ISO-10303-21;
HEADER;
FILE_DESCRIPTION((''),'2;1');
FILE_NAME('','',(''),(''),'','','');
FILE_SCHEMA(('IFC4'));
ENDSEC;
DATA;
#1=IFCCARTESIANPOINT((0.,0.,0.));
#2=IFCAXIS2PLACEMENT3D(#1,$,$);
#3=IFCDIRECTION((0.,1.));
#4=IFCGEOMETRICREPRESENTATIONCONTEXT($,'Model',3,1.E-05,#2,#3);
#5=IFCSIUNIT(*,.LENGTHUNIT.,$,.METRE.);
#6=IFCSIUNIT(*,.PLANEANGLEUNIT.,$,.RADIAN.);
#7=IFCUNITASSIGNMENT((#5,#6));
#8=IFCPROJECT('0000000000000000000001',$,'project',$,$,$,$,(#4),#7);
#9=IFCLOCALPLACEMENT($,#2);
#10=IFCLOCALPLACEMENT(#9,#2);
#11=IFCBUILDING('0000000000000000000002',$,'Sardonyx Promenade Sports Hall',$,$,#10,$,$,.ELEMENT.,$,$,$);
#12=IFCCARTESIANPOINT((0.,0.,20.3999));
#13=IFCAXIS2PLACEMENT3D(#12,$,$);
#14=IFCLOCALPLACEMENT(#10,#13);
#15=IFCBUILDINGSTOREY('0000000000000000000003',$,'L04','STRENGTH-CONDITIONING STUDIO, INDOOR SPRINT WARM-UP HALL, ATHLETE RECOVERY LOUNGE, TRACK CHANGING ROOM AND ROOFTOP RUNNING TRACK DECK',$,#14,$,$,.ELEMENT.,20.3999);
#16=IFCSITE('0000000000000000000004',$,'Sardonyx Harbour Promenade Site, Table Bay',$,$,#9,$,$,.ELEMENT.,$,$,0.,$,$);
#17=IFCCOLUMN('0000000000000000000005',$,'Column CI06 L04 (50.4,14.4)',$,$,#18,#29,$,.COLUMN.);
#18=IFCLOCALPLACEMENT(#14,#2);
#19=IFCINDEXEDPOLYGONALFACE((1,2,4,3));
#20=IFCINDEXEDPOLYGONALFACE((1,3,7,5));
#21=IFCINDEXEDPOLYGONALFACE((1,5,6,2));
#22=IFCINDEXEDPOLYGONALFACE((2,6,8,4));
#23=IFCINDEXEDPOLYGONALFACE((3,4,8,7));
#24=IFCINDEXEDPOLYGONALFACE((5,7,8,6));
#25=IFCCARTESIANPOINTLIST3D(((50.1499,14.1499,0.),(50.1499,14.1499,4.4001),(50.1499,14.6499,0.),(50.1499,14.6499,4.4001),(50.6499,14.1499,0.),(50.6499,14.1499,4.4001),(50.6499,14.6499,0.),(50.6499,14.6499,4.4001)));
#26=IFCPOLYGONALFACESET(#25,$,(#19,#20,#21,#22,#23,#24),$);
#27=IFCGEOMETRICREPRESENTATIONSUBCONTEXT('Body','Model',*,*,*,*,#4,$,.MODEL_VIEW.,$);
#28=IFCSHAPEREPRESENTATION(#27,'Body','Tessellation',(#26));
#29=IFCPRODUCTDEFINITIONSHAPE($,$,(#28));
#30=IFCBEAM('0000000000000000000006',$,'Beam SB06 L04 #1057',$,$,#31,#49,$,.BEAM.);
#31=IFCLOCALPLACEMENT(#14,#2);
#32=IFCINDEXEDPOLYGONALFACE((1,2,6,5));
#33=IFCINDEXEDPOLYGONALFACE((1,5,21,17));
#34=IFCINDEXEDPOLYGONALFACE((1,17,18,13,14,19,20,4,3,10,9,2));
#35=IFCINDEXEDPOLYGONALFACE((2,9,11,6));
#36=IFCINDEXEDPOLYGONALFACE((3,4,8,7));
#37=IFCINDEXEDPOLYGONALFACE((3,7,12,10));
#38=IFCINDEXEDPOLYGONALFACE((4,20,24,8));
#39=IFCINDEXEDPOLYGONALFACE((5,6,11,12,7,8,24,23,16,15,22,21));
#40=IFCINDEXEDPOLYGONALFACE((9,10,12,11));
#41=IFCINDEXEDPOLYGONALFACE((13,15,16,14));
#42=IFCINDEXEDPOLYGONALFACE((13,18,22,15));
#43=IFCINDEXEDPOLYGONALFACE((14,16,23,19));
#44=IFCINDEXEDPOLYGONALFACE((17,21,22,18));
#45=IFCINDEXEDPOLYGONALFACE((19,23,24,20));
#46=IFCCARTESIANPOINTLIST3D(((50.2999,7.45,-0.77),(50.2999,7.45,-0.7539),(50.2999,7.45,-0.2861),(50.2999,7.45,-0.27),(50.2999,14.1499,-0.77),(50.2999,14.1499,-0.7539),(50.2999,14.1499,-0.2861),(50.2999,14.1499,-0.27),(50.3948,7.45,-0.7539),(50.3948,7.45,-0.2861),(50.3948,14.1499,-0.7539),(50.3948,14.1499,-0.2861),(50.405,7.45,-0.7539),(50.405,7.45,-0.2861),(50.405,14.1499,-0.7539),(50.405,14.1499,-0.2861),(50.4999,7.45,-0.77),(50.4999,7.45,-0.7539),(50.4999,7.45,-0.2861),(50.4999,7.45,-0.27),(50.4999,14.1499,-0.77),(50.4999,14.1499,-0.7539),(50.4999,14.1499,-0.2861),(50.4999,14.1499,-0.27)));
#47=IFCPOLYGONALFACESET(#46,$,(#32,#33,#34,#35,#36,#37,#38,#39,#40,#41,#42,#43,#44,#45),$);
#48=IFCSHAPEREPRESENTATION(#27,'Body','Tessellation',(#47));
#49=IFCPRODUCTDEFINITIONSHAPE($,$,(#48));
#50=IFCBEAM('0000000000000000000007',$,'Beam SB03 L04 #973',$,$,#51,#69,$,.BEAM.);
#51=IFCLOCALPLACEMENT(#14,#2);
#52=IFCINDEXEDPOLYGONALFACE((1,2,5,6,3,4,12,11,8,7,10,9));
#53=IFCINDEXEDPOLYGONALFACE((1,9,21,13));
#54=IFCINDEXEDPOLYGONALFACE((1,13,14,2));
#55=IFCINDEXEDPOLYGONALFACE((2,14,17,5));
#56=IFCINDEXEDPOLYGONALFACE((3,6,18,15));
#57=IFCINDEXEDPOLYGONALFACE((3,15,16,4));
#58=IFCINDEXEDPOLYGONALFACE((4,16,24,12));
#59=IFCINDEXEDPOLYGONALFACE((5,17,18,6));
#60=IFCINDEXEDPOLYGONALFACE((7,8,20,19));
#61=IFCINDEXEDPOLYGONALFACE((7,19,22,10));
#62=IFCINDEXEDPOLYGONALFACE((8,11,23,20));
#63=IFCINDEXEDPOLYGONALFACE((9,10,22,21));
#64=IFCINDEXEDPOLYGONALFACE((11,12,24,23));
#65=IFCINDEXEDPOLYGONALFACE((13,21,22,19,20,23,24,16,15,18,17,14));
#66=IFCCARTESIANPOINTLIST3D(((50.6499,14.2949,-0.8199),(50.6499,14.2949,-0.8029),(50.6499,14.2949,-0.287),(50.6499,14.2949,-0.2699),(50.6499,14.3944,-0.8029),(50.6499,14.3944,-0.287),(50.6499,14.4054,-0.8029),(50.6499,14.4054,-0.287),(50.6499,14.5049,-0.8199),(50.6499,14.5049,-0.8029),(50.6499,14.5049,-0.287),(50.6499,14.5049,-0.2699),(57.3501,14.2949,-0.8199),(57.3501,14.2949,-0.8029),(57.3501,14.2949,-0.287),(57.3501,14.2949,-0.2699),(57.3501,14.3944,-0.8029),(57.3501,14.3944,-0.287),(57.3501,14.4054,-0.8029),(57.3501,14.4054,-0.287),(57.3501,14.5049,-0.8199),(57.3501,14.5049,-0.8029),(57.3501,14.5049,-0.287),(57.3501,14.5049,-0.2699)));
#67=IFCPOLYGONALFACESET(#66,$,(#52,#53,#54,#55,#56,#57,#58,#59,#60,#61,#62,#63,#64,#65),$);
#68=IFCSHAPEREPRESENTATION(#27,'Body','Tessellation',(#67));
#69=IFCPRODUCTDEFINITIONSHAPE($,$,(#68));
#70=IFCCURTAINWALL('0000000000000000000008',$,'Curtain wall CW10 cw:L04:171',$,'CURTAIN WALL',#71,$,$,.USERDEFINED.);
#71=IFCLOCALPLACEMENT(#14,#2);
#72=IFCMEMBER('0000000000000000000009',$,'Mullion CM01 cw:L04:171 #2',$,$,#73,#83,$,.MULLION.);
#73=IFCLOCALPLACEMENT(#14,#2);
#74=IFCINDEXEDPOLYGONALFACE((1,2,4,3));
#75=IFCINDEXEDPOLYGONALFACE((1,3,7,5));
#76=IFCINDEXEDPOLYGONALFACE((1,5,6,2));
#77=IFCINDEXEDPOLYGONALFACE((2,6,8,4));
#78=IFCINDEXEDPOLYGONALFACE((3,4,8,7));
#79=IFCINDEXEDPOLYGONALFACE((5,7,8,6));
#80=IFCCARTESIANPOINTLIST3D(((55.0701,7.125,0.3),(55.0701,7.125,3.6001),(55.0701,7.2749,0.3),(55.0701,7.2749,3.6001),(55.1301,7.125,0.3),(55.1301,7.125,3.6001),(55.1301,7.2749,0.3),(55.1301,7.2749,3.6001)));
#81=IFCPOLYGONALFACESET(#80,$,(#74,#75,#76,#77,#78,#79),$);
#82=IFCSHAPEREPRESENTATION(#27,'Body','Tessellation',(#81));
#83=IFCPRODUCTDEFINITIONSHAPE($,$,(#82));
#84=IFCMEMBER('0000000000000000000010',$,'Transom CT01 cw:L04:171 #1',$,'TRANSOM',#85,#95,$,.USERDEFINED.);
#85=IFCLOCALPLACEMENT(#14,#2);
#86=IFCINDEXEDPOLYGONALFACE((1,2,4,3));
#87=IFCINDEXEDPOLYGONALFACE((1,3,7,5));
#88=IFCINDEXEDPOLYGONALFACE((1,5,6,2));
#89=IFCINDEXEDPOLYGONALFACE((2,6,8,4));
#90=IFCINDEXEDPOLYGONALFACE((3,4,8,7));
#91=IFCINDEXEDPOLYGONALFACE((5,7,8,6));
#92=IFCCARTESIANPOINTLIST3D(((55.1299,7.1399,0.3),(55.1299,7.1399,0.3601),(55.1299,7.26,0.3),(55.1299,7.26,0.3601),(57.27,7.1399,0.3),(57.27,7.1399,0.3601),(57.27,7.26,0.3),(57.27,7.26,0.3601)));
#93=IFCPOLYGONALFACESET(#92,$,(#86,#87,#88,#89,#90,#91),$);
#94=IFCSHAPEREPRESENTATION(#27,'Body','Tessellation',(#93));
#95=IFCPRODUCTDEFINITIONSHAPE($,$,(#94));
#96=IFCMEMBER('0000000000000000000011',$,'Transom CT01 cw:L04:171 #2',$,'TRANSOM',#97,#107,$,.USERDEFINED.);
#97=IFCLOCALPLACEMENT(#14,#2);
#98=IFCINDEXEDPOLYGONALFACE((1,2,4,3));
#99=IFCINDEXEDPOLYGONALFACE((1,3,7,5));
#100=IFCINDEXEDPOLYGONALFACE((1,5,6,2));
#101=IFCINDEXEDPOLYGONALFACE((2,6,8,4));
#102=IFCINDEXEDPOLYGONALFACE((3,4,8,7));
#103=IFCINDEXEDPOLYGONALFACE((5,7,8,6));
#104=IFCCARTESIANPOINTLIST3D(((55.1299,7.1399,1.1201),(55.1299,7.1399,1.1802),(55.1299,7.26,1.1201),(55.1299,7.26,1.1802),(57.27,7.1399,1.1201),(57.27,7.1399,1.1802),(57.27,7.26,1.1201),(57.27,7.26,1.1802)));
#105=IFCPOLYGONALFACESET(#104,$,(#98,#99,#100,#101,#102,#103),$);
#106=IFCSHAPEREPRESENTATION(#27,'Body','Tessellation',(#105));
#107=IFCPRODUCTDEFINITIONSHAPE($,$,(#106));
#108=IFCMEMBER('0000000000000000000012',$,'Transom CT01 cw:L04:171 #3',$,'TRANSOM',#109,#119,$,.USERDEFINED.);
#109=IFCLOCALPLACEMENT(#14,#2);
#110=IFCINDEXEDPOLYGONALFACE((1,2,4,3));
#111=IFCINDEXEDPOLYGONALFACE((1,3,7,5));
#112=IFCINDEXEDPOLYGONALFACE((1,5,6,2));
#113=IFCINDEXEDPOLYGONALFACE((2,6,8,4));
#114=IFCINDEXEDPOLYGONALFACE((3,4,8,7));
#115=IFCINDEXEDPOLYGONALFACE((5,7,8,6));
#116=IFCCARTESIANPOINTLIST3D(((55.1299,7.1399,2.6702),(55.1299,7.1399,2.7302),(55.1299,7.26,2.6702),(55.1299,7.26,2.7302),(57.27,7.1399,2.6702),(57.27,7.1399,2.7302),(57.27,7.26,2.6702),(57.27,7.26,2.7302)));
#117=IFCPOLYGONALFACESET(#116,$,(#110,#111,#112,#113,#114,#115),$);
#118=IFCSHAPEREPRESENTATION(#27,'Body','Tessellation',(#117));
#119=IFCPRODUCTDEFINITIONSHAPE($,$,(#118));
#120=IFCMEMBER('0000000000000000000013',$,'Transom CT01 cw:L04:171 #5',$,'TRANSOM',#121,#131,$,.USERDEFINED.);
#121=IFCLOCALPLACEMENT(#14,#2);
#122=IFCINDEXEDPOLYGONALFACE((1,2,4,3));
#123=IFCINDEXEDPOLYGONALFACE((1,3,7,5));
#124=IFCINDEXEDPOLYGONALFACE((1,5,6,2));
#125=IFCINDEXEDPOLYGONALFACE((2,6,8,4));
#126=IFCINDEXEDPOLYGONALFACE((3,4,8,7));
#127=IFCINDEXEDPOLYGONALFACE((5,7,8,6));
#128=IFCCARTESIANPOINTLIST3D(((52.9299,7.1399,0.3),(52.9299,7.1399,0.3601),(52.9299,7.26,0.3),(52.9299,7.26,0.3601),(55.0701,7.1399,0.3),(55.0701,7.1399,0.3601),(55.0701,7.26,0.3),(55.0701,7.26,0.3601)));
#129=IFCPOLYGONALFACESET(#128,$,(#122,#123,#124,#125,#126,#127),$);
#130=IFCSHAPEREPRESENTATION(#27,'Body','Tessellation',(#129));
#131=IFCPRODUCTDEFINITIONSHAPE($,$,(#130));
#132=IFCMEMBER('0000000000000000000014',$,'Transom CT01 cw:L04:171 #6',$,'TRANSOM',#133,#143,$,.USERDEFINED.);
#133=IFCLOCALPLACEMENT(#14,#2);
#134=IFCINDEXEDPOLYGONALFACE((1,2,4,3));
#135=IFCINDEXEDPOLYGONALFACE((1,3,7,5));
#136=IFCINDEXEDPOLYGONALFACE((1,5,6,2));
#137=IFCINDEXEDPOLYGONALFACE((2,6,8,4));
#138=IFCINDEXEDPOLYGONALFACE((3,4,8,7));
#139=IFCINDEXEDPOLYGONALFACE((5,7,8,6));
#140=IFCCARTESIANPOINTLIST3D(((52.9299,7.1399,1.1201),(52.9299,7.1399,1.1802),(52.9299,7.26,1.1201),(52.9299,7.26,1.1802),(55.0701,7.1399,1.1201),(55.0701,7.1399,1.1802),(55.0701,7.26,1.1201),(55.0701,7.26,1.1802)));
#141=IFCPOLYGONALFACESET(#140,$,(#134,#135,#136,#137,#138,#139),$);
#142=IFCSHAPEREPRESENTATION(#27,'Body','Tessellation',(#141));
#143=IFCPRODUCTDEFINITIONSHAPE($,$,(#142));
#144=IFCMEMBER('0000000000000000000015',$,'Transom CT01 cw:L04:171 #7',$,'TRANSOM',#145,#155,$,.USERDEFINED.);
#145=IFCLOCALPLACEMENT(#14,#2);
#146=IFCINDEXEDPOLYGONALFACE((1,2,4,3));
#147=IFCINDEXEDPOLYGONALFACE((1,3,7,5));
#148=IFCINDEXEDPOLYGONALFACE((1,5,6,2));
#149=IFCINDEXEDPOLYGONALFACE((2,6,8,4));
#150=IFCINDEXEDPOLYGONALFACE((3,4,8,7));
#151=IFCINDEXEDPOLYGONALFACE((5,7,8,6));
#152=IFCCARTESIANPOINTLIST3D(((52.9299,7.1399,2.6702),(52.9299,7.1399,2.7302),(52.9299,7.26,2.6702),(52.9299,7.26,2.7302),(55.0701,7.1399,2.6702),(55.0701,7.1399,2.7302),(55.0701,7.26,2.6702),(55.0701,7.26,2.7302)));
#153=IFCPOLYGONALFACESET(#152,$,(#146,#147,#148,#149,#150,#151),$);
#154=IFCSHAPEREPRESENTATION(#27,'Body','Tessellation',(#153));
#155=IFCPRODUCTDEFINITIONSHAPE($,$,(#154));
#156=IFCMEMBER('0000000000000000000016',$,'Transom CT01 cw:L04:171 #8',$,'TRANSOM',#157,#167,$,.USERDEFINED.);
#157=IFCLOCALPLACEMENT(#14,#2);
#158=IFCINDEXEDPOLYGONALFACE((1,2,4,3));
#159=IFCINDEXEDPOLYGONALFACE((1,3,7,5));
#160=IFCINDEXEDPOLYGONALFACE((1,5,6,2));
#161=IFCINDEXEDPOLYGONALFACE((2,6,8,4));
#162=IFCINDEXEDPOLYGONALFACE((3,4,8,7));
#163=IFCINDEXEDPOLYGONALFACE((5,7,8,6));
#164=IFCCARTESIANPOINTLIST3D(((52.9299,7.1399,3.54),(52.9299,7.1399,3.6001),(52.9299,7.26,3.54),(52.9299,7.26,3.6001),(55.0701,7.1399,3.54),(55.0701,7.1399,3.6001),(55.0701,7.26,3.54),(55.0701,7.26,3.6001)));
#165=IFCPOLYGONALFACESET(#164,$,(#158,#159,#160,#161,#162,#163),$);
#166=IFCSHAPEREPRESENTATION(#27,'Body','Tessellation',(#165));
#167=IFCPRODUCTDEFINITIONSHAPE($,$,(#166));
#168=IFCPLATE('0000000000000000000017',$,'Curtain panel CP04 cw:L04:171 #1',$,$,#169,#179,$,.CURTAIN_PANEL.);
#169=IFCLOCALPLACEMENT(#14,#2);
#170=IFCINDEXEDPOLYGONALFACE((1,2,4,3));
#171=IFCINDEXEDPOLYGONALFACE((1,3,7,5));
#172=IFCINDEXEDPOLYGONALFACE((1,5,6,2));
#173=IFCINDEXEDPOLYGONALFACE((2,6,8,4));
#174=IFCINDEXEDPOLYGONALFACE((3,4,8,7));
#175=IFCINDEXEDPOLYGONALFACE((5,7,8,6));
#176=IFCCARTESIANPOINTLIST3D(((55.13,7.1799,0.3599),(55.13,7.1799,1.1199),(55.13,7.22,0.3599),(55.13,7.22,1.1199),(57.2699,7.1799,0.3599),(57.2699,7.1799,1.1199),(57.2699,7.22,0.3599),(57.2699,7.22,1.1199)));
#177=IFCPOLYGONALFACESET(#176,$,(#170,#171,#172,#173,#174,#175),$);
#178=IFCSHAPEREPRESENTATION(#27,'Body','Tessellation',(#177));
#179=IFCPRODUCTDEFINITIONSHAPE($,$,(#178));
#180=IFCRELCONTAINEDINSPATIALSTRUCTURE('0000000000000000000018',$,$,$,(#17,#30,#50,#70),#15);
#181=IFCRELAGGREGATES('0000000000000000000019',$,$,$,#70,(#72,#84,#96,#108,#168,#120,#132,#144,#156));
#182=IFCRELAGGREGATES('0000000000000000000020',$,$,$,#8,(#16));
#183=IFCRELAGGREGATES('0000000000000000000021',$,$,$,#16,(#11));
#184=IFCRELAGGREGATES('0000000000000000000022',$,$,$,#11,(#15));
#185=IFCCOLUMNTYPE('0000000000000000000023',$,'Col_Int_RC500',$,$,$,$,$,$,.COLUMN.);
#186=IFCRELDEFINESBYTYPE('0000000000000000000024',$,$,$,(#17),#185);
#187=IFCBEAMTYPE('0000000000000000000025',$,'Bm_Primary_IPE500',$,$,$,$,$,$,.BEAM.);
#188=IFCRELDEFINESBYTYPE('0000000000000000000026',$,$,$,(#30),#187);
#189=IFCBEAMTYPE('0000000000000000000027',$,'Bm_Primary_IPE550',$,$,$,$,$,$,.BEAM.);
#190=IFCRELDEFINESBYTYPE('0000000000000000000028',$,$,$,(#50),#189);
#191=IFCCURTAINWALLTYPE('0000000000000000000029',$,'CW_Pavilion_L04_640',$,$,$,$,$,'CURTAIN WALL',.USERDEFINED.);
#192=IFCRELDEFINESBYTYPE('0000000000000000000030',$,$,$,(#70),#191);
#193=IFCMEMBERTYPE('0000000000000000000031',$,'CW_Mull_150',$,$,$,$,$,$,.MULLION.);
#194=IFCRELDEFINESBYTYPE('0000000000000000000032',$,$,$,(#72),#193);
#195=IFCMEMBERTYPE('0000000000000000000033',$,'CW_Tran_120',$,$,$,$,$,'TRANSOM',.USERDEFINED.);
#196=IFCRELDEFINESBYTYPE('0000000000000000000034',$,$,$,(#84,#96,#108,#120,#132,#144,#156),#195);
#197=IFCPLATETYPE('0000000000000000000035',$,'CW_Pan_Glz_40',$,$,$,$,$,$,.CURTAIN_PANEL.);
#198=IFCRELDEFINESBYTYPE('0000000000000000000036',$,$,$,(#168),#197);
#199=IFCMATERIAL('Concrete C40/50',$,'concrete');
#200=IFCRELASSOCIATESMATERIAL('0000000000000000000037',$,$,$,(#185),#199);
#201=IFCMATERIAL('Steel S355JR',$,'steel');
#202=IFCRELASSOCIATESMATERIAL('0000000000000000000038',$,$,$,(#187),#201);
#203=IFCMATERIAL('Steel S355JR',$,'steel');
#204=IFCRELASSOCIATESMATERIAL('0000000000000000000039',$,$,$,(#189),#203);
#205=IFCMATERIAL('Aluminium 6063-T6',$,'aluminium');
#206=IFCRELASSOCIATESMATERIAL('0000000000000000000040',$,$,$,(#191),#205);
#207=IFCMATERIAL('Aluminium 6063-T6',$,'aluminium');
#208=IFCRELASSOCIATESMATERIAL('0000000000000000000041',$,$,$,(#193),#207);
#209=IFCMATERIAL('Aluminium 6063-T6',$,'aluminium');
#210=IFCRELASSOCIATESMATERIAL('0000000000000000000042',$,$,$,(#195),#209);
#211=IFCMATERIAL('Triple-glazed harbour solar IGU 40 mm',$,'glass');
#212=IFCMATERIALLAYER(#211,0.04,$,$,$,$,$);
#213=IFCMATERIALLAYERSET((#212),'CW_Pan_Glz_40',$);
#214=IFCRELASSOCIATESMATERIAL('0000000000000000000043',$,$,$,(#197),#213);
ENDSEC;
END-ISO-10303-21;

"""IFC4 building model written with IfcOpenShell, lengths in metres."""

from ifc_helpers import new_model, si_unit, direction, frame, origin, origin_2d, place, context, subcontext, project, spatial, rectangle, i_section, extrude, material, layer, layer_set, material_profile, profile_set, type_object, element, aggregate, save


model = new_model("IFC4")

# Units and contexts
model_context = context("Model", 3, precision=1e-05, world=origin(), true_north=direction((0.0, 1.0)))
body_context = subcontext(model_context, "Body", "Model", "MODEL_VIEW")
ifc_project = project(units=[si_unit("LENGTHUNIT", "METRE"), si_unit("PLANEANGLEUNIT", "RADIAN")], contexts=[model_context])

# Site, building, storey
site_placement = place(None, origin())
site = spatial("IfcSite", under=ifc_project, at=site_placement, Name="Sardonyx Harbour Promenade Site, Table Bay", CompositionType="ELEMENT", RefElevation=0.0)
building_placement = place(site_placement, origin())
building = spatial("IfcBuilding", under=site, at=building_placement, Name="Sardonyx Promenade Sports Hall", CompositionType="ELEMENT")
storey_placement = place(building_placement, frame((0.0, 0.0, 20.3999)))
storey = spatial("IfcBuildingStorey", under=building, at=storey_placement, Name="L04", Description="STRENGTH-CONDITIONING STUDIO, INDOOR SPRINT WARM-UP HALL, ATHLETE RECOVERY LOUNGE, TRACK CHANGING ROOM AND ROOFTOP RUNNING TRACK DECK", CompositionType="ELEMENT", Elevation=20.3999)

# Column
ifc_material_1 = material(Name="Concrete C40/50", Category="concrete")
ifc_material_profile_1 = material_profile(ifc_material_1, rectangle(XDim=0.5, YDim=0.5, at=origin_2d()))
ifc_profile_set_1 = profile_set([ifc_material_profile_1], Name="Concrete C40/50")
column_type = type_object("IfcColumnType", Name="Col_Int_RC500", PredefinedType="COLUMN", material=ifc_profile_set_1)
column_placement = place(storey_placement, frame((50.3999, 14.3999, 0.0), z_axis=(0.0, 0.0, 1.0), x_axis=(1.0, 0.0, 0.0)))
element("IfcColumn", 1, at=column_placement, inside=storey, type_object=column_type, Name="Column CI06 L04 (50.4,14.4)", PredefinedType="COLUMN", context=body_context, shape_type="SweptSolid", body=[
    extrude(rectangle(XDim=0.5, YDim=0.5, at=origin_2d()), origin(), (0.0, 0.0, 1.0), 4.4001),
])

# Beams
ifc_material_2 = material(Name="Steel S355JR", Category="steel")
ifc_material_profile_2 = material_profile(ifc_material_2, i_section(OverallWidth=0.2, OverallDepth=0.5, WebThickness=0.0103, FlangeThickness=0.0161, at=origin_2d()))
ifc_profile_set_2 = profile_set([ifc_material_profile_2], Name="Steel S355JR")
beam_type_1 = type_object("IfcBeamType", Name="Bm_Primary_IPE500", PredefinedType="BEAM", material=ifc_profile_set_2)
beam_1_placement = place(storey_placement, frame((50.3999, 7.45, -0.52), z_axis=(0.0, 1.0, 0.0), x_axis=(-1.0, 0.0, 0.0)))
element("IfcBeam", 2, at=beam_1_placement, inside=storey, type_object=beam_type_1, Name="Beam SB06 L04 #1057", PredefinedType="BEAM", context=body_context, shape_type="SweptSolid", body=[
    extrude(i_section(OverallWidth=0.2, OverallDepth=0.5, WebThickness=0.0103, FlangeThickness=0.0161, at=origin_2d()), origin(), (0.0, 0.0, 1.0), 6.7),
])
ifc_material_3 = material(Name="Steel S355JR", Category="steel")
ifc_material_profile_3 = material_profile(ifc_material_3, i_section(OverallWidth=0.21, OverallDepth=0.55, WebThickness=0.011, FlangeThickness=0.0171, at=origin_2d()))
ifc_profile_set_3 = profile_set([ifc_material_profile_3], Name="Steel S355JR")
beam_type_2 = type_object("IfcBeamType", Name="Bm_Primary_IPE550", PredefinedType="BEAM", material=ifc_profile_set_3)
beam_2_placement = place(storey_placement, frame((50.6499, 14.3999, -0.5449), z_axis=(1.0, 0.0, 0.0), x_axis=(0.0, 1.0, 0.0)))
element("IfcBeam", 3, at=beam_2_placement, inside=storey, type_object=beam_type_2, Name="Beam SB03 L04 #973", PredefinedType="BEAM", context=body_context, shape_type="SweptSolid", body=[
    extrude(i_section(OverallWidth=0.21, OverallDepth=0.55, WebThickness=0.011, FlangeThickness=0.0171, at=origin_2d()), origin(), (0.0, 0.0, 1.0), 6.7002),
])

# Curtain wall, members, plate
ifc_material_4 = material(Name="Aluminium 6063-T6", Category="aluminium")
curtain_wall_type = type_object("IfcCurtainWallType", Name="CW_Pavilion_L04_640", ElementType="CURTAIN WALL", PredefinedType="USERDEFINED", material=ifc_material_4)
curtain_wall_placement = place(storey_placement, origin())
curtain_wall = element("IfcCurtainWall", 4, at=curtain_wall_placement, inside=storey, type_object=curtain_wall_type, Name="Curtain wall CW10 cw:L04:171", ObjectType="CURTAIN WALL", PredefinedType="USERDEFINED")
ifc_material_5 = material(Name="Aluminium 6063-T6", Category="aluminium")
ifc_material_profile_4 = material_profile(ifc_material_5, rectangle(XDim=0.0601, YDim=0.1499, at=origin_2d()))
ifc_profile_set_4 = profile_set([ifc_material_profile_4], Name="Aluminium 6063-T6")
member_type_1 = type_object("IfcMemberType", Name="CW_Mull_150", PredefinedType="MULLION", material=ifc_profile_set_4)
member_1_placement = place(storey_placement, frame((55.1001, 7.2, 0.3), z_axis=(0.0, 0.0, 1.0), x_axis=(-1.0, 0.0, 0.0)))
member_1 = element("IfcMember", 5, at=member_1_placement, type_object=member_type_1, Name="Mullion CM01 cw:L04:171 #2", PredefinedType="MULLION", context=body_context, shape_type="SweptSolid", body=[
    extrude(rectangle(XDim=0.0601, YDim=0.1499, at=origin_2d()), origin(), (0.0, 0.0, 1.0), 3.3),
])
ifc_material_6 = material(Name="Aluminium 6063-T6", Category="aluminium")
ifc_material_profile_5 = material_profile(ifc_material_6, rectangle(XDim=0.0601, YDim=0.1201, at=origin_2d()))
ifc_profile_set_5 = profile_set([ifc_material_profile_5], Name="Aluminium 6063-T6")
member_type_2 = type_object("IfcMemberType", Name="CW_Tran_120", ElementType="TRANSOM", PredefinedType="USERDEFINED", material=ifc_profile_set_5)
member_2_placement = place(storey_placement, frame((57.27, 7.2, 0.3301), z_axis=(-1.0, 0.0, 0.0), x_axis=(0.0, 0.0, 1.0)))
member_2 = element("IfcMember", 6, at=member_2_placement, type_object=member_type_2, Name="Transom CT01 cw:L04:171 #1", ObjectType="TRANSOM", PredefinedType="USERDEFINED", context=body_context, shape_type="SweptSolid", body=[
    extrude(rectangle(XDim=0.0601, YDim=0.1201, at=origin_2d()), origin(), (0.0, 0.0, 1.0), 2.1401),
])
member_3_placement = place(storey_placement, frame((57.27, 7.2, 1.1501), z_axis=(-1.0, 0.0, 0.0), x_axis=(0.0, 0.0, 1.0)))
member_3 = element("IfcMember", 7, at=member_3_placement, type_object=member_type_2, Name="Transom CT01 cw:L04:171 #2", ObjectType="TRANSOM", PredefinedType="USERDEFINED", context=body_context, shape_type="SweptSolid", body=[
    extrude(rectangle(XDim=0.0601, YDim=0.1201, at=origin_2d()), origin(), (0.0, 0.0, 1.0), 2.1401),
])
member_4_placement = place(storey_placement, frame((57.27, 7.2, 2.7002), z_axis=(-1.0, 0.0, 0.0), x_axis=(0.0, 0.0, 1.0)))
member_4 = element("IfcMember", 8, at=member_4_placement, type_object=member_type_2, Name="Transom CT01 cw:L04:171 #3", ObjectType="TRANSOM", PredefinedType="USERDEFINED", context=body_context, shape_type="SweptSolid", body=[
    extrude(rectangle(XDim=0.0601, YDim=0.1201, at=origin_2d()), origin(), (0.0, 0.0, 1.0), 2.1401),
])
member_5_placement = place(storey_placement, frame((55.0701, 7.2, 0.3301), z_axis=(-1.0, 0.0, 0.0), x_axis=(0.0, 0.0, 1.0)))
member_5 = element("IfcMember", 9, at=member_5_placement, type_object=member_type_2, Name="Transom CT01 cw:L04:171 #5", ObjectType="TRANSOM", PredefinedType="USERDEFINED", context=body_context, shape_type="SweptSolid", body=[
    extrude(rectangle(XDim=0.0601, YDim=0.1201, at=origin_2d()), origin(), (0.0, 0.0, 1.0), 2.1401),
])
member_6_placement = place(storey_placement, frame((55.0701, 7.2, 1.1501), z_axis=(-1.0, 0.0, 0.0), x_axis=(0.0, 0.0, 1.0)))
member_6 = element("IfcMember", 10, at=member_6_placement, type_object=member_type_2, Name="Transom CT01 cw:L04:171 #6", ObjectType="TRANSOM", PredefinedType="USERDEFINED", context=body_context, shape_type="SweptSolid", body=[
    extrude(rectangle(XDim=0.0601, YDim=0.1201, at=origin_2d()), origin(), (0.0, 0.0, 1.0), 2.1401),
])
member_7_placement = place(storey_placement, frame((55.0701, 7.2, 2.7002), z_axis=(-1.0, 0.0, 0.0), x_axis=(0.0, 0.0, 1.0)))
member_7 = element("IfcMember", 11, at=member_7_placement, type_object=member_type_2, Name="Transom CT01 cw:L04:171 #7", ObjectType="TRANSOM", PredefinedType="USERDEFINED", context=body_context, shape_type="SweptSolid", body=[
    extrude(rectangle(XDim=0.0601, YDim=0.1201, at=origin_2d()), origin(), (0.0, 0.0, 1.0), 2.1401),
])
member_8_placement = place(storey_placement, frame((55.0701, 7.2, 3.5701), z_axis=(-1.0, 0.0, 0.0), x_axis=(0.0, 0.0, 1.0)))
member_8 = element("IfcMember", 12, at=member_8_placement, type_object=member_type_2, Name="Transom CT01 cw:L04:171 #8", ObjectType="TRANSOM", PredefinedType="USERDEFINED", context=body_context, shape_type="SweptSolid", body=[
    extrude(rectangle(XDim=0.0601, YDim=0.1201, at=origin_2d()), origin(), (0.0, 0.0, 1.0), 2.1401),
])
ifc_material_7 = material(Name="Triple-glazed harbour solar IGU 40 mm", Category="glass")
ifc_layer_1 = layer(ifc_material_7, 0.04)
ifc_layer_set_1 = layer_set([ifc_layer_1], Name="CW_Pan_Glz_40")
plate_type = type_object("IfcPlateType", Name="CW_Pan_Glz_40", PredefinedType="CURTAIN_PANEL", material=ifc_layer_set_1)
plate_1_placement = place(storey_placement, frame((56.2, 7.2, 0.3599), z_axis=(0.0, 0.0, 1.0), x_axis=(-1.0, 0.0, 0.0)))
plate_1 = element("IfcPlate", 13, at=plate_1_placement, type_object=plate_type, Name="Curtain panel CP04 cw:L04:171 #1", PredefinedType="CURTAIN_PANEL", context=body_context, shape_type="SweptSolid", body=[
    extrude(rectangle(XDim=2.1399, YDim=0.04, at=origin_2d()), origin(), (0.0, 0.0, 1.0), 0.76),
])
aggregate(curtain_wall, [member_1, member_2, member_3, member_4, plate_1, member_5, member_6, member_7, member_8])

save(model, "model.ifc")
